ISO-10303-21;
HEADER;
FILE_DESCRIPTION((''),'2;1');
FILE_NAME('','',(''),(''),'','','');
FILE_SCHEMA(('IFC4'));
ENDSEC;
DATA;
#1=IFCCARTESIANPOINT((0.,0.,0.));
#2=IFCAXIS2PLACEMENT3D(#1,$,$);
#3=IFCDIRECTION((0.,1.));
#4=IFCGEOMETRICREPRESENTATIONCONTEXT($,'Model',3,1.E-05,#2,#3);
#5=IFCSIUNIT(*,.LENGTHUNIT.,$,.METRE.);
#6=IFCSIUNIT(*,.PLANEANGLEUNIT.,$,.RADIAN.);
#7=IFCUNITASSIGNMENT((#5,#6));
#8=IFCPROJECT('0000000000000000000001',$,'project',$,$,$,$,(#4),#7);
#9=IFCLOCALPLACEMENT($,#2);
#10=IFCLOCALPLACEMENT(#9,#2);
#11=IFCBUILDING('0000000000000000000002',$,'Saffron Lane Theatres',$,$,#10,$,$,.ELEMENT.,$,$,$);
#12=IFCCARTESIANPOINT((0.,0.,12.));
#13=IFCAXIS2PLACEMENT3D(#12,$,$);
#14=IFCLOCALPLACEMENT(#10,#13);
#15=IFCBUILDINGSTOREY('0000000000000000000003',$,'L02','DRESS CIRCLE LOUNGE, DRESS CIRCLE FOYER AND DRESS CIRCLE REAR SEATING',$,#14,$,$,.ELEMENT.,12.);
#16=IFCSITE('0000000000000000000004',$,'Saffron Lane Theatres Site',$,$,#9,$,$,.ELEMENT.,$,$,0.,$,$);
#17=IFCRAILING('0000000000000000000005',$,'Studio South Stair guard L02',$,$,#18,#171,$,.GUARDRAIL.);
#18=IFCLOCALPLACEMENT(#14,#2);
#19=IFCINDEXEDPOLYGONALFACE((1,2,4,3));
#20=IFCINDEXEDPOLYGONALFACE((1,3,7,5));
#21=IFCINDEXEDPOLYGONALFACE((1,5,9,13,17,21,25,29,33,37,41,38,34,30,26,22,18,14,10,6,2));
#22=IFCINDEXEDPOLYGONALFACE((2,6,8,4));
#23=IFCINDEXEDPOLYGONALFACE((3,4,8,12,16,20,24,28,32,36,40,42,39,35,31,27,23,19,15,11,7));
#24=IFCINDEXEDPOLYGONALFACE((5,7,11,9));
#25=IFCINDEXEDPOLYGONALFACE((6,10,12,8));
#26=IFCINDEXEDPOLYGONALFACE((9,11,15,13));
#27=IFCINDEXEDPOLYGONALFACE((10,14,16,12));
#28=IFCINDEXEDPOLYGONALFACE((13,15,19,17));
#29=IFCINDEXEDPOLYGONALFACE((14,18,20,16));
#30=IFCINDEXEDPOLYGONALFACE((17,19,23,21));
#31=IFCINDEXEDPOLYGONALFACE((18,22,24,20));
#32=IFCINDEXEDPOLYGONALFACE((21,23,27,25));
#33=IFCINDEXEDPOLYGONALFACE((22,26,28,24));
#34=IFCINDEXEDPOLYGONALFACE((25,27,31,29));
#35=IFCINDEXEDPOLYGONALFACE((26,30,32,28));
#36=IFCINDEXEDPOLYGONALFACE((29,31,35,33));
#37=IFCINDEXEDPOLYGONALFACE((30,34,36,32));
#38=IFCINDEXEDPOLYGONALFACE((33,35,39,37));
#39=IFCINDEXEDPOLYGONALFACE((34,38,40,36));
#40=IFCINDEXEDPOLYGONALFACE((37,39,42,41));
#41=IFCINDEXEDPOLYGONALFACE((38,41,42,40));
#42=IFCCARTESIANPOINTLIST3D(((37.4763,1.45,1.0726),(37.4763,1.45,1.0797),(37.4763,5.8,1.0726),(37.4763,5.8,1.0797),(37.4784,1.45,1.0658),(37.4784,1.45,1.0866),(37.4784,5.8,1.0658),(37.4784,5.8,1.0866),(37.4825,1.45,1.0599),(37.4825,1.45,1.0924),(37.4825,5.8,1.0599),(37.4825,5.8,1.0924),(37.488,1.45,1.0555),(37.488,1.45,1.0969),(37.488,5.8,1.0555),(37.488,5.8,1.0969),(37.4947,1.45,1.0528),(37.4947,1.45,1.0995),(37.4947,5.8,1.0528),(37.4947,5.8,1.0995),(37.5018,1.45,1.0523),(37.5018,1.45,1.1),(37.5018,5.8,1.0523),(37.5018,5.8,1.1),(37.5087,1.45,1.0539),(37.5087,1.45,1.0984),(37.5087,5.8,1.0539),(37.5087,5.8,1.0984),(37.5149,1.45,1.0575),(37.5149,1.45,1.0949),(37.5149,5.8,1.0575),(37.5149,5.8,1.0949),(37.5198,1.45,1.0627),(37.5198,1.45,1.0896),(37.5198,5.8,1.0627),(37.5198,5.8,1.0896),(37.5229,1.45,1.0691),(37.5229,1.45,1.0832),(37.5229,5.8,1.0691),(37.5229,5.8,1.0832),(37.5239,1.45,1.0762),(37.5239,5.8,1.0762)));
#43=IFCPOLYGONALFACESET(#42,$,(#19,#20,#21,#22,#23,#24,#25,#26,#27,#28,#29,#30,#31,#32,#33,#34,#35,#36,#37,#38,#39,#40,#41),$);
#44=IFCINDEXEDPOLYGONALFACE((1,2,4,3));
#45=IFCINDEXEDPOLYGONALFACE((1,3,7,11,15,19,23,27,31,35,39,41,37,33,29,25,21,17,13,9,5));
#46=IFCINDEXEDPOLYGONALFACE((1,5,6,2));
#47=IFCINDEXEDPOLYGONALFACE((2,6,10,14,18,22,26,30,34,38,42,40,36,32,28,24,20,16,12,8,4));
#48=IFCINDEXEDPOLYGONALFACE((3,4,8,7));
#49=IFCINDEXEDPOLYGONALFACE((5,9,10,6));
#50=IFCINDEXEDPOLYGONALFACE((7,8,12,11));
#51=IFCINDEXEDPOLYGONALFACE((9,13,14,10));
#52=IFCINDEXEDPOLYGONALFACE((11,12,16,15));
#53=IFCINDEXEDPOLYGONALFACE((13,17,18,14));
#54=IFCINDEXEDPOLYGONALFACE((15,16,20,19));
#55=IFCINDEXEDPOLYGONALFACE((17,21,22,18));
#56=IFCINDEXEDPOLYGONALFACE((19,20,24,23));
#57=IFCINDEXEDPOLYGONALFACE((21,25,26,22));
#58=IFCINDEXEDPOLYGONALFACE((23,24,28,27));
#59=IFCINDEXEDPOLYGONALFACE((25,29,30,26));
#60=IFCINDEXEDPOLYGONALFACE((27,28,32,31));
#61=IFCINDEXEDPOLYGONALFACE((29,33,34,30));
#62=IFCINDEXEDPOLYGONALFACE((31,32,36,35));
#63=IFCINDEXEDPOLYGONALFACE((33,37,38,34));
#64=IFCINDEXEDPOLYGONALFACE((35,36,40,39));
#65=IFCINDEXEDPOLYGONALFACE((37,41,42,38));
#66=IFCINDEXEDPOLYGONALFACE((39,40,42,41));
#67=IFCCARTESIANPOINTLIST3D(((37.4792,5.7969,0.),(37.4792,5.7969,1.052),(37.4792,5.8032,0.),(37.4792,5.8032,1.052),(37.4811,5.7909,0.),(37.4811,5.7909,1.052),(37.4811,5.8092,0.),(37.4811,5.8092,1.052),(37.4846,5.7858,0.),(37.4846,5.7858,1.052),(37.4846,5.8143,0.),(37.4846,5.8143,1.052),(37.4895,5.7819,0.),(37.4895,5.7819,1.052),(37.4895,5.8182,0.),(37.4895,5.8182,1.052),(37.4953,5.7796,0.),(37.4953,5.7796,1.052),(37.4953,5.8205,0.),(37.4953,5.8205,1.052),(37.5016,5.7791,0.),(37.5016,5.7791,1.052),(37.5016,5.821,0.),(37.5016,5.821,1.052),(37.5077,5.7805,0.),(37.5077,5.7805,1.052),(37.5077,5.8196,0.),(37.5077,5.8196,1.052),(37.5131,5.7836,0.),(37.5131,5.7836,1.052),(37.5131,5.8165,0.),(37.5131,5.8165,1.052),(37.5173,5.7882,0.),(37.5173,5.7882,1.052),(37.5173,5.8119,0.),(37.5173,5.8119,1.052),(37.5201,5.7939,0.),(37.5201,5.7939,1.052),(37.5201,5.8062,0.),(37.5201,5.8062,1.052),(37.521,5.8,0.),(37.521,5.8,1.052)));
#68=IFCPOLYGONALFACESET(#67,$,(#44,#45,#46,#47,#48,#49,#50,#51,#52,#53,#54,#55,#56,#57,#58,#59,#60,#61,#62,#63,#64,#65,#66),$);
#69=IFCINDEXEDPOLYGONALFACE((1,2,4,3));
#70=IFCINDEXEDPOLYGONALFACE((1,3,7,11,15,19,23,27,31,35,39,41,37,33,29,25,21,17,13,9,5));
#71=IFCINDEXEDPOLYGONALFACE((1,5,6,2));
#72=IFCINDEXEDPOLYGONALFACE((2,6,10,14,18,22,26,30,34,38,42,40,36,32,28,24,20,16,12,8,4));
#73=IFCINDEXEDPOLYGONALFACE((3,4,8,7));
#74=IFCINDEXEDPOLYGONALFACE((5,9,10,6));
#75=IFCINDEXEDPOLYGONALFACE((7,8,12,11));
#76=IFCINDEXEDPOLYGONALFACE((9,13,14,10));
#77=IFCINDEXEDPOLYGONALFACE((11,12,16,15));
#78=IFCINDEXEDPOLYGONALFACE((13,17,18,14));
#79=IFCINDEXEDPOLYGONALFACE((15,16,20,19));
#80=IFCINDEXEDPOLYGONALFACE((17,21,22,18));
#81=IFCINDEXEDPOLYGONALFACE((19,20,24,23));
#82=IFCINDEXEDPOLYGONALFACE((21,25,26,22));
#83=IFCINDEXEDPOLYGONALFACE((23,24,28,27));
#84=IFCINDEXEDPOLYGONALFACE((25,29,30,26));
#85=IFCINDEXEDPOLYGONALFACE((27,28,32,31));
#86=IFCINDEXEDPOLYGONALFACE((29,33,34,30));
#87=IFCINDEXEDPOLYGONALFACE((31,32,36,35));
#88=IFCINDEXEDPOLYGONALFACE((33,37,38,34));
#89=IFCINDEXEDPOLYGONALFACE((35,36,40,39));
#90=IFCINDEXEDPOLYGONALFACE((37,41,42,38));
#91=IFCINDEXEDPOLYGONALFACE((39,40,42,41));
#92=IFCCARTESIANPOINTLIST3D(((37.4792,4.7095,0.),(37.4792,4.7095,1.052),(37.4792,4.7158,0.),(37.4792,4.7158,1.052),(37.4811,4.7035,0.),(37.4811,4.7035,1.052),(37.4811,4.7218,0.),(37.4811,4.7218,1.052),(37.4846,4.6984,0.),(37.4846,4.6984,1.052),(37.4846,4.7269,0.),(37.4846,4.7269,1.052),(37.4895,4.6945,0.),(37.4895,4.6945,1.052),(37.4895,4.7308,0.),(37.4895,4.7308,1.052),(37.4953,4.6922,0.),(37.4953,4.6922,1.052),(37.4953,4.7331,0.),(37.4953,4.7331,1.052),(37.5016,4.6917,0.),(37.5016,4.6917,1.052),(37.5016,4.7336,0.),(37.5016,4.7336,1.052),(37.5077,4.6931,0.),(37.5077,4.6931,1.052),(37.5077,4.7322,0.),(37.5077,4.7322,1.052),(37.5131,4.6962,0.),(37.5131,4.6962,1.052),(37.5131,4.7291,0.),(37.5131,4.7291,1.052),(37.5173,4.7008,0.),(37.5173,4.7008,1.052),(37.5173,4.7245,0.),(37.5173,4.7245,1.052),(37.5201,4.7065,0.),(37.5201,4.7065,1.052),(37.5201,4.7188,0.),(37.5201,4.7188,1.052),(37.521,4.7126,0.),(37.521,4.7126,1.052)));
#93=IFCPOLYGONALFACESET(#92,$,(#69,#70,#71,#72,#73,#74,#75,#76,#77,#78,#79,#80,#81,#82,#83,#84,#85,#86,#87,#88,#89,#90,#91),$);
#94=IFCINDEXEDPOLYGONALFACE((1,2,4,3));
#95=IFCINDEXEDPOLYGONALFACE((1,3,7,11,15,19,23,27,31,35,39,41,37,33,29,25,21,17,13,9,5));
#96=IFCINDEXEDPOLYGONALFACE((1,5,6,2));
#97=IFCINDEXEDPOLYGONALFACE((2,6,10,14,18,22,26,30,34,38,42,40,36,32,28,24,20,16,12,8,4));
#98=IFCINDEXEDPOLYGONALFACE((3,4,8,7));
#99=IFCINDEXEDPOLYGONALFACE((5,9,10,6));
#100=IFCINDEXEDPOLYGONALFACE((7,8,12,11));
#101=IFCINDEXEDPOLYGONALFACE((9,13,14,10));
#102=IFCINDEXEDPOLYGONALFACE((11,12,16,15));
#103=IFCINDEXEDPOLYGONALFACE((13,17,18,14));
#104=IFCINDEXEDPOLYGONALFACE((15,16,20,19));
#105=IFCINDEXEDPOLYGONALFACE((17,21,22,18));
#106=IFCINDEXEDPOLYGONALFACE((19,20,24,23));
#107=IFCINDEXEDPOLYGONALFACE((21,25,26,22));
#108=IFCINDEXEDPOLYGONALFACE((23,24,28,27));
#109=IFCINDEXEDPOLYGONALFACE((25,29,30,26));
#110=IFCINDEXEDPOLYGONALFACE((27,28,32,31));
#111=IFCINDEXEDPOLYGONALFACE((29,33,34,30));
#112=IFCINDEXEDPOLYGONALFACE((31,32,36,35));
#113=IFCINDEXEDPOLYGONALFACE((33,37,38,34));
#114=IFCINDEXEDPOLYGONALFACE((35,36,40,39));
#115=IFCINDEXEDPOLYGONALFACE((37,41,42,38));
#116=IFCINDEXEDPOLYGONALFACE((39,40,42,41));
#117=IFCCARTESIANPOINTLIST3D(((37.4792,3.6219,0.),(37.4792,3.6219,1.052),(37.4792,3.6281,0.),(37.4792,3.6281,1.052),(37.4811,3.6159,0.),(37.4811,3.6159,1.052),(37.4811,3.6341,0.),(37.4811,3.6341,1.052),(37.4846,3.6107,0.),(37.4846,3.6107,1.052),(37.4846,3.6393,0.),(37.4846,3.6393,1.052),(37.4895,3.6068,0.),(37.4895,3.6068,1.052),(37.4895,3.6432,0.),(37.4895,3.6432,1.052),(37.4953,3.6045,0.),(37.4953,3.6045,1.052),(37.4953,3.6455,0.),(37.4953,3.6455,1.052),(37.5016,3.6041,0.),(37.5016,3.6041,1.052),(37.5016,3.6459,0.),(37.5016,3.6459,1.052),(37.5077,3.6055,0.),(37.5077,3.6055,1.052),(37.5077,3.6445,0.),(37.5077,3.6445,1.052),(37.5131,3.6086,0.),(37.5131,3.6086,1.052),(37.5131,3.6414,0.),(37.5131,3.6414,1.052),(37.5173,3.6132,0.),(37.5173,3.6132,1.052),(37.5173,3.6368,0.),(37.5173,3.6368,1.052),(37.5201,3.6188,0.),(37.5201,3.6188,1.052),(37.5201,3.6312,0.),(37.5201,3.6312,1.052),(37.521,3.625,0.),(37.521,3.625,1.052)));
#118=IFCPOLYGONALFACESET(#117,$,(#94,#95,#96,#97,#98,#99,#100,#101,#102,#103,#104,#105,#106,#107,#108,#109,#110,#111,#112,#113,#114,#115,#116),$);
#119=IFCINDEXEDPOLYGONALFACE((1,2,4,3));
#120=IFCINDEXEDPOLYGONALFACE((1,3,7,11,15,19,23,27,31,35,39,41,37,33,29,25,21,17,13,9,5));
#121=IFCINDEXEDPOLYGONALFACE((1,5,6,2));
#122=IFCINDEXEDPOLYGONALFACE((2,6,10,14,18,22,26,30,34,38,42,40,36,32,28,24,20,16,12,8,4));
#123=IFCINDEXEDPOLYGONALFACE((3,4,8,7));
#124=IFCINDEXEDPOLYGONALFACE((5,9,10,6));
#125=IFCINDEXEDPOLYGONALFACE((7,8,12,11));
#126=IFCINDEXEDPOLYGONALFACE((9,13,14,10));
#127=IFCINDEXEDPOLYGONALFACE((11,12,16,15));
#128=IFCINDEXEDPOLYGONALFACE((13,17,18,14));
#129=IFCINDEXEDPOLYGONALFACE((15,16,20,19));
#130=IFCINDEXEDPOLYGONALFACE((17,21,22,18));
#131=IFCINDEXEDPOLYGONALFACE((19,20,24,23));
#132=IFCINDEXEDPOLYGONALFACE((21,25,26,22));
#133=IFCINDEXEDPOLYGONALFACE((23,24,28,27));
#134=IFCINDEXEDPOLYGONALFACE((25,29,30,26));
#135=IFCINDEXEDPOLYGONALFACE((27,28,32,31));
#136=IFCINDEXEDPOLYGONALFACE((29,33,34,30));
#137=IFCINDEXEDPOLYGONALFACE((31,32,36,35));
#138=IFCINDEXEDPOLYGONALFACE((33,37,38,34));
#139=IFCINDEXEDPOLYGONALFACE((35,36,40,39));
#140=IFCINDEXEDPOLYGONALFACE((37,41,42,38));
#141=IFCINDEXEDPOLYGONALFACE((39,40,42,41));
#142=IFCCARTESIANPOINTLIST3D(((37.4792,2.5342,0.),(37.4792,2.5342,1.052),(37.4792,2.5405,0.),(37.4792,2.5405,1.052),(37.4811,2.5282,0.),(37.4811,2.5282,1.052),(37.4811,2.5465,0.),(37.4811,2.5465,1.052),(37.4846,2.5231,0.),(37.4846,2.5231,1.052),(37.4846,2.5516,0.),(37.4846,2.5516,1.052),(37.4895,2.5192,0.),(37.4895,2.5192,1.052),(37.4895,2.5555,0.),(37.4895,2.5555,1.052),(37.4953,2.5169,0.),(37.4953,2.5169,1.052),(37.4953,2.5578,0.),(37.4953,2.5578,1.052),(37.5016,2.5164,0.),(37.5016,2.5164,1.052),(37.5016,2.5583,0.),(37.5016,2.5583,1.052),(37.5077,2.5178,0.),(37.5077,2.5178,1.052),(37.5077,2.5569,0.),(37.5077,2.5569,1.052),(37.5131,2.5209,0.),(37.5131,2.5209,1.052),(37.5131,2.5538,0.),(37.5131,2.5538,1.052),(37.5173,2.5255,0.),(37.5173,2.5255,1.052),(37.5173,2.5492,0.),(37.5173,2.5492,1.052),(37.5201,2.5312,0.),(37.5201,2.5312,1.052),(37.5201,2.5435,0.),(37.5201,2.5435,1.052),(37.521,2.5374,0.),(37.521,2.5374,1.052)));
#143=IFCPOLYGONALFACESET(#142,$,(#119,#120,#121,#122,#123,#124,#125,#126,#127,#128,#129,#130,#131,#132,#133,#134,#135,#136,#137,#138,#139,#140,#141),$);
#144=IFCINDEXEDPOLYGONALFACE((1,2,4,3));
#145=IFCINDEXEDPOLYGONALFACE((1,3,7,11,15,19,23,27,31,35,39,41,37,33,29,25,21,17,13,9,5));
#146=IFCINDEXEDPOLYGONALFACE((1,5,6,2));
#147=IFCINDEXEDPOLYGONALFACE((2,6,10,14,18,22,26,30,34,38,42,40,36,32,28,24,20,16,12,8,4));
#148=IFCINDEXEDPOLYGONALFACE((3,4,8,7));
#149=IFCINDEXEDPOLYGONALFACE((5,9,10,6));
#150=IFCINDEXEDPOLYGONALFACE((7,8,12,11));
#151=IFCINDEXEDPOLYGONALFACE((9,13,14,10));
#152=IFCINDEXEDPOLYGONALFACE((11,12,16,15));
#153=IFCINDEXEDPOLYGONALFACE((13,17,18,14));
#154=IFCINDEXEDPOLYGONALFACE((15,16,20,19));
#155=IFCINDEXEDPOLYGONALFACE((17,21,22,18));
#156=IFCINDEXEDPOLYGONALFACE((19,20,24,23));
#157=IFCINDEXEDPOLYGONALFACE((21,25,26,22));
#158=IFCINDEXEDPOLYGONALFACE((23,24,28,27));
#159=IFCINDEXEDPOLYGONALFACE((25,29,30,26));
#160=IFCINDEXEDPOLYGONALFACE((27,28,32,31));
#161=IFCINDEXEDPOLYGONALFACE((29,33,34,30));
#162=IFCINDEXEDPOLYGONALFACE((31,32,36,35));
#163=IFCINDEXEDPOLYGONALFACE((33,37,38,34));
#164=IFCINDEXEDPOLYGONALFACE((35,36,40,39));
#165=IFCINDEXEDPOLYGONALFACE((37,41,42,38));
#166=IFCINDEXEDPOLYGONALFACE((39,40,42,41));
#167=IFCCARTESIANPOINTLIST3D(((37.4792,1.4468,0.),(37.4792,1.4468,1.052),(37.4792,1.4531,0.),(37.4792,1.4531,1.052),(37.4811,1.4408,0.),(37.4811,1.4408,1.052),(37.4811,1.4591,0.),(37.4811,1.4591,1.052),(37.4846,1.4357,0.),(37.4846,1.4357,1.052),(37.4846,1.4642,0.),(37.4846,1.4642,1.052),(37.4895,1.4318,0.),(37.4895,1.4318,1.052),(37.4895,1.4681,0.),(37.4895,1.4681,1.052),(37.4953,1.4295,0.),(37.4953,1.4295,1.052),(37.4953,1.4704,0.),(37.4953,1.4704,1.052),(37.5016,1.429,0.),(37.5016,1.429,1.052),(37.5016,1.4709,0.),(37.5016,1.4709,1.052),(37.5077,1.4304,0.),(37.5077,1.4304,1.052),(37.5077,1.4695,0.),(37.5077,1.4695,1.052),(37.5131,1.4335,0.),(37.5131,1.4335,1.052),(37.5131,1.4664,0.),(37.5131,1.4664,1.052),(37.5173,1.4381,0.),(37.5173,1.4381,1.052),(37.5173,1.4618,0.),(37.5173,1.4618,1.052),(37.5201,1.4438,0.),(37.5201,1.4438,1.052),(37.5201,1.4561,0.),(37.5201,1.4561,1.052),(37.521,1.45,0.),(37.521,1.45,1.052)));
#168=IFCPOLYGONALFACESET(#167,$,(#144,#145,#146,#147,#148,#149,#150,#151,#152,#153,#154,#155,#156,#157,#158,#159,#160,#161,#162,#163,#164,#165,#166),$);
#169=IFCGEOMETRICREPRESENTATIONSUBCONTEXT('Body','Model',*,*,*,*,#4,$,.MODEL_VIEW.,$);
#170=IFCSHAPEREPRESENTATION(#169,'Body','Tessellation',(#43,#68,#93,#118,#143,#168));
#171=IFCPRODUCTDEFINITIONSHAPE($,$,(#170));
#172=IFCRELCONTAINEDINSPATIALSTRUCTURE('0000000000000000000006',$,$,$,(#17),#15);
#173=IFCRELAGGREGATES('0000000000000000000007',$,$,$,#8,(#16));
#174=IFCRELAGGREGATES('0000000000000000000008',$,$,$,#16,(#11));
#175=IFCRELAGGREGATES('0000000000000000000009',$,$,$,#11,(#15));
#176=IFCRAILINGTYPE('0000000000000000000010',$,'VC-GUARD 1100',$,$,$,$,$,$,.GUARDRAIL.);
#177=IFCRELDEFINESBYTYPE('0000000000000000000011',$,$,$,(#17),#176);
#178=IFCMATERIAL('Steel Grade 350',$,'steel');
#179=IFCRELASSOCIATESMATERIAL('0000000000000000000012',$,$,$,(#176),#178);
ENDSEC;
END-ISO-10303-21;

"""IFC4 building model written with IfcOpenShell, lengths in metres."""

from ifc_helpers import new_model, si_unit, direction, frame, origin, origin_2d, place, context, subcontext, project, spatial, circle, extrude, material, type_object, element, save


model = new_model("IFC4")

# Units and contexts
model_context = context("Model", 3, precision=1e-05, world=origin(), true_north=direction((0.0, 1.0)))
body_context = subcontext(model_context, "Body", "Model", "MODEL_VIEW")
ifc_project = project(units=[si_unit("LENGTHUNIT", "METRE"), si_unit("PLANEANGLEUNIT", "RADIAN")], contexts=[model_context])

# Site, building, storey
site_placement = place(None, origin())
site = spatial("IfcSite", under=ifc_project, at=site_placement, Name="Saffron Lane Theatres Site", CompositionType="ELEMENT", RefElevation=0.0)
building_placement = place(site_placement, origin())
building = spatial("IfcBuilding", under=site, at=building_placement, Name="Saffron Lane Theatres", CompositionType="ELEMENT")
storey_placement = place(building_placement, frame((0.0, 0.0, 12.0)))
storey = spatial("IfcBuildingStorey", under=building, at=storey_placement, Name="L02", Description="DRESS CIRCLE LOUNGE, DRESS CIRCLE FOYER AND DRESS CIRCLE REAR SEATING", CompositionType="ELEMENT", Elevation=12.0)

# Railing
ifc_material_1 = material(Name="Steel Grade 350", Category="steel")
railing_type = type_object("IfcRailingType", Name="VC-GUARD 1100", PredefinedType="GUARDRAIL", material=ifc_material_1)
railing_placement = place(storey_placement, frame((37.5, 5.8, 0.0)))
element("IfcRailing", 1, at=railing_placement, inside=storey, type_object=railing_type, Name="Studio South Stair guard L02", PredefinedType="GUARDRAIL", context=body_context, shape_type="SweptSolid", body=[
    extrude(circle(Radius=0.0239, at=origin_2d()), frame((0.0, 0.0, 1.0762), z_axis=(0.0, -1.0, 0.0), x_axis=(1.0, 0.0, 0.0)), (0.0, 0.0, 1.0), 4.3501),
    extrude(circle(Radius=0.021, at=origin_2d()), origin(), (0.0, 0.0, 1.0), 1.052),
    extrude(circle(Radius=0.021, at=origin_2d()), frame((0.0, -1.0874, 0.0)), (0.0, 0.0, 1.0), 1.052),
    extrude(circle(Radius=0.021, at=origin_2d()), frame((0.0, -2.175, 0.0)), (0.0, 0.0, 1.0), 1.052),
    extrude(circle(Radius=0.021, at=origin_2d()), frame((0.0, -3.2627, 0.0)), (0.0, 0.0, 1.0), 1.052),
    extrude(circle(Radius=0.021, at=origin_2d()), frame((0.0, -4.3501, 0.0)), (0.0, 0.0, 1.0), 1.052),
])

save(model, "model.ifc")
